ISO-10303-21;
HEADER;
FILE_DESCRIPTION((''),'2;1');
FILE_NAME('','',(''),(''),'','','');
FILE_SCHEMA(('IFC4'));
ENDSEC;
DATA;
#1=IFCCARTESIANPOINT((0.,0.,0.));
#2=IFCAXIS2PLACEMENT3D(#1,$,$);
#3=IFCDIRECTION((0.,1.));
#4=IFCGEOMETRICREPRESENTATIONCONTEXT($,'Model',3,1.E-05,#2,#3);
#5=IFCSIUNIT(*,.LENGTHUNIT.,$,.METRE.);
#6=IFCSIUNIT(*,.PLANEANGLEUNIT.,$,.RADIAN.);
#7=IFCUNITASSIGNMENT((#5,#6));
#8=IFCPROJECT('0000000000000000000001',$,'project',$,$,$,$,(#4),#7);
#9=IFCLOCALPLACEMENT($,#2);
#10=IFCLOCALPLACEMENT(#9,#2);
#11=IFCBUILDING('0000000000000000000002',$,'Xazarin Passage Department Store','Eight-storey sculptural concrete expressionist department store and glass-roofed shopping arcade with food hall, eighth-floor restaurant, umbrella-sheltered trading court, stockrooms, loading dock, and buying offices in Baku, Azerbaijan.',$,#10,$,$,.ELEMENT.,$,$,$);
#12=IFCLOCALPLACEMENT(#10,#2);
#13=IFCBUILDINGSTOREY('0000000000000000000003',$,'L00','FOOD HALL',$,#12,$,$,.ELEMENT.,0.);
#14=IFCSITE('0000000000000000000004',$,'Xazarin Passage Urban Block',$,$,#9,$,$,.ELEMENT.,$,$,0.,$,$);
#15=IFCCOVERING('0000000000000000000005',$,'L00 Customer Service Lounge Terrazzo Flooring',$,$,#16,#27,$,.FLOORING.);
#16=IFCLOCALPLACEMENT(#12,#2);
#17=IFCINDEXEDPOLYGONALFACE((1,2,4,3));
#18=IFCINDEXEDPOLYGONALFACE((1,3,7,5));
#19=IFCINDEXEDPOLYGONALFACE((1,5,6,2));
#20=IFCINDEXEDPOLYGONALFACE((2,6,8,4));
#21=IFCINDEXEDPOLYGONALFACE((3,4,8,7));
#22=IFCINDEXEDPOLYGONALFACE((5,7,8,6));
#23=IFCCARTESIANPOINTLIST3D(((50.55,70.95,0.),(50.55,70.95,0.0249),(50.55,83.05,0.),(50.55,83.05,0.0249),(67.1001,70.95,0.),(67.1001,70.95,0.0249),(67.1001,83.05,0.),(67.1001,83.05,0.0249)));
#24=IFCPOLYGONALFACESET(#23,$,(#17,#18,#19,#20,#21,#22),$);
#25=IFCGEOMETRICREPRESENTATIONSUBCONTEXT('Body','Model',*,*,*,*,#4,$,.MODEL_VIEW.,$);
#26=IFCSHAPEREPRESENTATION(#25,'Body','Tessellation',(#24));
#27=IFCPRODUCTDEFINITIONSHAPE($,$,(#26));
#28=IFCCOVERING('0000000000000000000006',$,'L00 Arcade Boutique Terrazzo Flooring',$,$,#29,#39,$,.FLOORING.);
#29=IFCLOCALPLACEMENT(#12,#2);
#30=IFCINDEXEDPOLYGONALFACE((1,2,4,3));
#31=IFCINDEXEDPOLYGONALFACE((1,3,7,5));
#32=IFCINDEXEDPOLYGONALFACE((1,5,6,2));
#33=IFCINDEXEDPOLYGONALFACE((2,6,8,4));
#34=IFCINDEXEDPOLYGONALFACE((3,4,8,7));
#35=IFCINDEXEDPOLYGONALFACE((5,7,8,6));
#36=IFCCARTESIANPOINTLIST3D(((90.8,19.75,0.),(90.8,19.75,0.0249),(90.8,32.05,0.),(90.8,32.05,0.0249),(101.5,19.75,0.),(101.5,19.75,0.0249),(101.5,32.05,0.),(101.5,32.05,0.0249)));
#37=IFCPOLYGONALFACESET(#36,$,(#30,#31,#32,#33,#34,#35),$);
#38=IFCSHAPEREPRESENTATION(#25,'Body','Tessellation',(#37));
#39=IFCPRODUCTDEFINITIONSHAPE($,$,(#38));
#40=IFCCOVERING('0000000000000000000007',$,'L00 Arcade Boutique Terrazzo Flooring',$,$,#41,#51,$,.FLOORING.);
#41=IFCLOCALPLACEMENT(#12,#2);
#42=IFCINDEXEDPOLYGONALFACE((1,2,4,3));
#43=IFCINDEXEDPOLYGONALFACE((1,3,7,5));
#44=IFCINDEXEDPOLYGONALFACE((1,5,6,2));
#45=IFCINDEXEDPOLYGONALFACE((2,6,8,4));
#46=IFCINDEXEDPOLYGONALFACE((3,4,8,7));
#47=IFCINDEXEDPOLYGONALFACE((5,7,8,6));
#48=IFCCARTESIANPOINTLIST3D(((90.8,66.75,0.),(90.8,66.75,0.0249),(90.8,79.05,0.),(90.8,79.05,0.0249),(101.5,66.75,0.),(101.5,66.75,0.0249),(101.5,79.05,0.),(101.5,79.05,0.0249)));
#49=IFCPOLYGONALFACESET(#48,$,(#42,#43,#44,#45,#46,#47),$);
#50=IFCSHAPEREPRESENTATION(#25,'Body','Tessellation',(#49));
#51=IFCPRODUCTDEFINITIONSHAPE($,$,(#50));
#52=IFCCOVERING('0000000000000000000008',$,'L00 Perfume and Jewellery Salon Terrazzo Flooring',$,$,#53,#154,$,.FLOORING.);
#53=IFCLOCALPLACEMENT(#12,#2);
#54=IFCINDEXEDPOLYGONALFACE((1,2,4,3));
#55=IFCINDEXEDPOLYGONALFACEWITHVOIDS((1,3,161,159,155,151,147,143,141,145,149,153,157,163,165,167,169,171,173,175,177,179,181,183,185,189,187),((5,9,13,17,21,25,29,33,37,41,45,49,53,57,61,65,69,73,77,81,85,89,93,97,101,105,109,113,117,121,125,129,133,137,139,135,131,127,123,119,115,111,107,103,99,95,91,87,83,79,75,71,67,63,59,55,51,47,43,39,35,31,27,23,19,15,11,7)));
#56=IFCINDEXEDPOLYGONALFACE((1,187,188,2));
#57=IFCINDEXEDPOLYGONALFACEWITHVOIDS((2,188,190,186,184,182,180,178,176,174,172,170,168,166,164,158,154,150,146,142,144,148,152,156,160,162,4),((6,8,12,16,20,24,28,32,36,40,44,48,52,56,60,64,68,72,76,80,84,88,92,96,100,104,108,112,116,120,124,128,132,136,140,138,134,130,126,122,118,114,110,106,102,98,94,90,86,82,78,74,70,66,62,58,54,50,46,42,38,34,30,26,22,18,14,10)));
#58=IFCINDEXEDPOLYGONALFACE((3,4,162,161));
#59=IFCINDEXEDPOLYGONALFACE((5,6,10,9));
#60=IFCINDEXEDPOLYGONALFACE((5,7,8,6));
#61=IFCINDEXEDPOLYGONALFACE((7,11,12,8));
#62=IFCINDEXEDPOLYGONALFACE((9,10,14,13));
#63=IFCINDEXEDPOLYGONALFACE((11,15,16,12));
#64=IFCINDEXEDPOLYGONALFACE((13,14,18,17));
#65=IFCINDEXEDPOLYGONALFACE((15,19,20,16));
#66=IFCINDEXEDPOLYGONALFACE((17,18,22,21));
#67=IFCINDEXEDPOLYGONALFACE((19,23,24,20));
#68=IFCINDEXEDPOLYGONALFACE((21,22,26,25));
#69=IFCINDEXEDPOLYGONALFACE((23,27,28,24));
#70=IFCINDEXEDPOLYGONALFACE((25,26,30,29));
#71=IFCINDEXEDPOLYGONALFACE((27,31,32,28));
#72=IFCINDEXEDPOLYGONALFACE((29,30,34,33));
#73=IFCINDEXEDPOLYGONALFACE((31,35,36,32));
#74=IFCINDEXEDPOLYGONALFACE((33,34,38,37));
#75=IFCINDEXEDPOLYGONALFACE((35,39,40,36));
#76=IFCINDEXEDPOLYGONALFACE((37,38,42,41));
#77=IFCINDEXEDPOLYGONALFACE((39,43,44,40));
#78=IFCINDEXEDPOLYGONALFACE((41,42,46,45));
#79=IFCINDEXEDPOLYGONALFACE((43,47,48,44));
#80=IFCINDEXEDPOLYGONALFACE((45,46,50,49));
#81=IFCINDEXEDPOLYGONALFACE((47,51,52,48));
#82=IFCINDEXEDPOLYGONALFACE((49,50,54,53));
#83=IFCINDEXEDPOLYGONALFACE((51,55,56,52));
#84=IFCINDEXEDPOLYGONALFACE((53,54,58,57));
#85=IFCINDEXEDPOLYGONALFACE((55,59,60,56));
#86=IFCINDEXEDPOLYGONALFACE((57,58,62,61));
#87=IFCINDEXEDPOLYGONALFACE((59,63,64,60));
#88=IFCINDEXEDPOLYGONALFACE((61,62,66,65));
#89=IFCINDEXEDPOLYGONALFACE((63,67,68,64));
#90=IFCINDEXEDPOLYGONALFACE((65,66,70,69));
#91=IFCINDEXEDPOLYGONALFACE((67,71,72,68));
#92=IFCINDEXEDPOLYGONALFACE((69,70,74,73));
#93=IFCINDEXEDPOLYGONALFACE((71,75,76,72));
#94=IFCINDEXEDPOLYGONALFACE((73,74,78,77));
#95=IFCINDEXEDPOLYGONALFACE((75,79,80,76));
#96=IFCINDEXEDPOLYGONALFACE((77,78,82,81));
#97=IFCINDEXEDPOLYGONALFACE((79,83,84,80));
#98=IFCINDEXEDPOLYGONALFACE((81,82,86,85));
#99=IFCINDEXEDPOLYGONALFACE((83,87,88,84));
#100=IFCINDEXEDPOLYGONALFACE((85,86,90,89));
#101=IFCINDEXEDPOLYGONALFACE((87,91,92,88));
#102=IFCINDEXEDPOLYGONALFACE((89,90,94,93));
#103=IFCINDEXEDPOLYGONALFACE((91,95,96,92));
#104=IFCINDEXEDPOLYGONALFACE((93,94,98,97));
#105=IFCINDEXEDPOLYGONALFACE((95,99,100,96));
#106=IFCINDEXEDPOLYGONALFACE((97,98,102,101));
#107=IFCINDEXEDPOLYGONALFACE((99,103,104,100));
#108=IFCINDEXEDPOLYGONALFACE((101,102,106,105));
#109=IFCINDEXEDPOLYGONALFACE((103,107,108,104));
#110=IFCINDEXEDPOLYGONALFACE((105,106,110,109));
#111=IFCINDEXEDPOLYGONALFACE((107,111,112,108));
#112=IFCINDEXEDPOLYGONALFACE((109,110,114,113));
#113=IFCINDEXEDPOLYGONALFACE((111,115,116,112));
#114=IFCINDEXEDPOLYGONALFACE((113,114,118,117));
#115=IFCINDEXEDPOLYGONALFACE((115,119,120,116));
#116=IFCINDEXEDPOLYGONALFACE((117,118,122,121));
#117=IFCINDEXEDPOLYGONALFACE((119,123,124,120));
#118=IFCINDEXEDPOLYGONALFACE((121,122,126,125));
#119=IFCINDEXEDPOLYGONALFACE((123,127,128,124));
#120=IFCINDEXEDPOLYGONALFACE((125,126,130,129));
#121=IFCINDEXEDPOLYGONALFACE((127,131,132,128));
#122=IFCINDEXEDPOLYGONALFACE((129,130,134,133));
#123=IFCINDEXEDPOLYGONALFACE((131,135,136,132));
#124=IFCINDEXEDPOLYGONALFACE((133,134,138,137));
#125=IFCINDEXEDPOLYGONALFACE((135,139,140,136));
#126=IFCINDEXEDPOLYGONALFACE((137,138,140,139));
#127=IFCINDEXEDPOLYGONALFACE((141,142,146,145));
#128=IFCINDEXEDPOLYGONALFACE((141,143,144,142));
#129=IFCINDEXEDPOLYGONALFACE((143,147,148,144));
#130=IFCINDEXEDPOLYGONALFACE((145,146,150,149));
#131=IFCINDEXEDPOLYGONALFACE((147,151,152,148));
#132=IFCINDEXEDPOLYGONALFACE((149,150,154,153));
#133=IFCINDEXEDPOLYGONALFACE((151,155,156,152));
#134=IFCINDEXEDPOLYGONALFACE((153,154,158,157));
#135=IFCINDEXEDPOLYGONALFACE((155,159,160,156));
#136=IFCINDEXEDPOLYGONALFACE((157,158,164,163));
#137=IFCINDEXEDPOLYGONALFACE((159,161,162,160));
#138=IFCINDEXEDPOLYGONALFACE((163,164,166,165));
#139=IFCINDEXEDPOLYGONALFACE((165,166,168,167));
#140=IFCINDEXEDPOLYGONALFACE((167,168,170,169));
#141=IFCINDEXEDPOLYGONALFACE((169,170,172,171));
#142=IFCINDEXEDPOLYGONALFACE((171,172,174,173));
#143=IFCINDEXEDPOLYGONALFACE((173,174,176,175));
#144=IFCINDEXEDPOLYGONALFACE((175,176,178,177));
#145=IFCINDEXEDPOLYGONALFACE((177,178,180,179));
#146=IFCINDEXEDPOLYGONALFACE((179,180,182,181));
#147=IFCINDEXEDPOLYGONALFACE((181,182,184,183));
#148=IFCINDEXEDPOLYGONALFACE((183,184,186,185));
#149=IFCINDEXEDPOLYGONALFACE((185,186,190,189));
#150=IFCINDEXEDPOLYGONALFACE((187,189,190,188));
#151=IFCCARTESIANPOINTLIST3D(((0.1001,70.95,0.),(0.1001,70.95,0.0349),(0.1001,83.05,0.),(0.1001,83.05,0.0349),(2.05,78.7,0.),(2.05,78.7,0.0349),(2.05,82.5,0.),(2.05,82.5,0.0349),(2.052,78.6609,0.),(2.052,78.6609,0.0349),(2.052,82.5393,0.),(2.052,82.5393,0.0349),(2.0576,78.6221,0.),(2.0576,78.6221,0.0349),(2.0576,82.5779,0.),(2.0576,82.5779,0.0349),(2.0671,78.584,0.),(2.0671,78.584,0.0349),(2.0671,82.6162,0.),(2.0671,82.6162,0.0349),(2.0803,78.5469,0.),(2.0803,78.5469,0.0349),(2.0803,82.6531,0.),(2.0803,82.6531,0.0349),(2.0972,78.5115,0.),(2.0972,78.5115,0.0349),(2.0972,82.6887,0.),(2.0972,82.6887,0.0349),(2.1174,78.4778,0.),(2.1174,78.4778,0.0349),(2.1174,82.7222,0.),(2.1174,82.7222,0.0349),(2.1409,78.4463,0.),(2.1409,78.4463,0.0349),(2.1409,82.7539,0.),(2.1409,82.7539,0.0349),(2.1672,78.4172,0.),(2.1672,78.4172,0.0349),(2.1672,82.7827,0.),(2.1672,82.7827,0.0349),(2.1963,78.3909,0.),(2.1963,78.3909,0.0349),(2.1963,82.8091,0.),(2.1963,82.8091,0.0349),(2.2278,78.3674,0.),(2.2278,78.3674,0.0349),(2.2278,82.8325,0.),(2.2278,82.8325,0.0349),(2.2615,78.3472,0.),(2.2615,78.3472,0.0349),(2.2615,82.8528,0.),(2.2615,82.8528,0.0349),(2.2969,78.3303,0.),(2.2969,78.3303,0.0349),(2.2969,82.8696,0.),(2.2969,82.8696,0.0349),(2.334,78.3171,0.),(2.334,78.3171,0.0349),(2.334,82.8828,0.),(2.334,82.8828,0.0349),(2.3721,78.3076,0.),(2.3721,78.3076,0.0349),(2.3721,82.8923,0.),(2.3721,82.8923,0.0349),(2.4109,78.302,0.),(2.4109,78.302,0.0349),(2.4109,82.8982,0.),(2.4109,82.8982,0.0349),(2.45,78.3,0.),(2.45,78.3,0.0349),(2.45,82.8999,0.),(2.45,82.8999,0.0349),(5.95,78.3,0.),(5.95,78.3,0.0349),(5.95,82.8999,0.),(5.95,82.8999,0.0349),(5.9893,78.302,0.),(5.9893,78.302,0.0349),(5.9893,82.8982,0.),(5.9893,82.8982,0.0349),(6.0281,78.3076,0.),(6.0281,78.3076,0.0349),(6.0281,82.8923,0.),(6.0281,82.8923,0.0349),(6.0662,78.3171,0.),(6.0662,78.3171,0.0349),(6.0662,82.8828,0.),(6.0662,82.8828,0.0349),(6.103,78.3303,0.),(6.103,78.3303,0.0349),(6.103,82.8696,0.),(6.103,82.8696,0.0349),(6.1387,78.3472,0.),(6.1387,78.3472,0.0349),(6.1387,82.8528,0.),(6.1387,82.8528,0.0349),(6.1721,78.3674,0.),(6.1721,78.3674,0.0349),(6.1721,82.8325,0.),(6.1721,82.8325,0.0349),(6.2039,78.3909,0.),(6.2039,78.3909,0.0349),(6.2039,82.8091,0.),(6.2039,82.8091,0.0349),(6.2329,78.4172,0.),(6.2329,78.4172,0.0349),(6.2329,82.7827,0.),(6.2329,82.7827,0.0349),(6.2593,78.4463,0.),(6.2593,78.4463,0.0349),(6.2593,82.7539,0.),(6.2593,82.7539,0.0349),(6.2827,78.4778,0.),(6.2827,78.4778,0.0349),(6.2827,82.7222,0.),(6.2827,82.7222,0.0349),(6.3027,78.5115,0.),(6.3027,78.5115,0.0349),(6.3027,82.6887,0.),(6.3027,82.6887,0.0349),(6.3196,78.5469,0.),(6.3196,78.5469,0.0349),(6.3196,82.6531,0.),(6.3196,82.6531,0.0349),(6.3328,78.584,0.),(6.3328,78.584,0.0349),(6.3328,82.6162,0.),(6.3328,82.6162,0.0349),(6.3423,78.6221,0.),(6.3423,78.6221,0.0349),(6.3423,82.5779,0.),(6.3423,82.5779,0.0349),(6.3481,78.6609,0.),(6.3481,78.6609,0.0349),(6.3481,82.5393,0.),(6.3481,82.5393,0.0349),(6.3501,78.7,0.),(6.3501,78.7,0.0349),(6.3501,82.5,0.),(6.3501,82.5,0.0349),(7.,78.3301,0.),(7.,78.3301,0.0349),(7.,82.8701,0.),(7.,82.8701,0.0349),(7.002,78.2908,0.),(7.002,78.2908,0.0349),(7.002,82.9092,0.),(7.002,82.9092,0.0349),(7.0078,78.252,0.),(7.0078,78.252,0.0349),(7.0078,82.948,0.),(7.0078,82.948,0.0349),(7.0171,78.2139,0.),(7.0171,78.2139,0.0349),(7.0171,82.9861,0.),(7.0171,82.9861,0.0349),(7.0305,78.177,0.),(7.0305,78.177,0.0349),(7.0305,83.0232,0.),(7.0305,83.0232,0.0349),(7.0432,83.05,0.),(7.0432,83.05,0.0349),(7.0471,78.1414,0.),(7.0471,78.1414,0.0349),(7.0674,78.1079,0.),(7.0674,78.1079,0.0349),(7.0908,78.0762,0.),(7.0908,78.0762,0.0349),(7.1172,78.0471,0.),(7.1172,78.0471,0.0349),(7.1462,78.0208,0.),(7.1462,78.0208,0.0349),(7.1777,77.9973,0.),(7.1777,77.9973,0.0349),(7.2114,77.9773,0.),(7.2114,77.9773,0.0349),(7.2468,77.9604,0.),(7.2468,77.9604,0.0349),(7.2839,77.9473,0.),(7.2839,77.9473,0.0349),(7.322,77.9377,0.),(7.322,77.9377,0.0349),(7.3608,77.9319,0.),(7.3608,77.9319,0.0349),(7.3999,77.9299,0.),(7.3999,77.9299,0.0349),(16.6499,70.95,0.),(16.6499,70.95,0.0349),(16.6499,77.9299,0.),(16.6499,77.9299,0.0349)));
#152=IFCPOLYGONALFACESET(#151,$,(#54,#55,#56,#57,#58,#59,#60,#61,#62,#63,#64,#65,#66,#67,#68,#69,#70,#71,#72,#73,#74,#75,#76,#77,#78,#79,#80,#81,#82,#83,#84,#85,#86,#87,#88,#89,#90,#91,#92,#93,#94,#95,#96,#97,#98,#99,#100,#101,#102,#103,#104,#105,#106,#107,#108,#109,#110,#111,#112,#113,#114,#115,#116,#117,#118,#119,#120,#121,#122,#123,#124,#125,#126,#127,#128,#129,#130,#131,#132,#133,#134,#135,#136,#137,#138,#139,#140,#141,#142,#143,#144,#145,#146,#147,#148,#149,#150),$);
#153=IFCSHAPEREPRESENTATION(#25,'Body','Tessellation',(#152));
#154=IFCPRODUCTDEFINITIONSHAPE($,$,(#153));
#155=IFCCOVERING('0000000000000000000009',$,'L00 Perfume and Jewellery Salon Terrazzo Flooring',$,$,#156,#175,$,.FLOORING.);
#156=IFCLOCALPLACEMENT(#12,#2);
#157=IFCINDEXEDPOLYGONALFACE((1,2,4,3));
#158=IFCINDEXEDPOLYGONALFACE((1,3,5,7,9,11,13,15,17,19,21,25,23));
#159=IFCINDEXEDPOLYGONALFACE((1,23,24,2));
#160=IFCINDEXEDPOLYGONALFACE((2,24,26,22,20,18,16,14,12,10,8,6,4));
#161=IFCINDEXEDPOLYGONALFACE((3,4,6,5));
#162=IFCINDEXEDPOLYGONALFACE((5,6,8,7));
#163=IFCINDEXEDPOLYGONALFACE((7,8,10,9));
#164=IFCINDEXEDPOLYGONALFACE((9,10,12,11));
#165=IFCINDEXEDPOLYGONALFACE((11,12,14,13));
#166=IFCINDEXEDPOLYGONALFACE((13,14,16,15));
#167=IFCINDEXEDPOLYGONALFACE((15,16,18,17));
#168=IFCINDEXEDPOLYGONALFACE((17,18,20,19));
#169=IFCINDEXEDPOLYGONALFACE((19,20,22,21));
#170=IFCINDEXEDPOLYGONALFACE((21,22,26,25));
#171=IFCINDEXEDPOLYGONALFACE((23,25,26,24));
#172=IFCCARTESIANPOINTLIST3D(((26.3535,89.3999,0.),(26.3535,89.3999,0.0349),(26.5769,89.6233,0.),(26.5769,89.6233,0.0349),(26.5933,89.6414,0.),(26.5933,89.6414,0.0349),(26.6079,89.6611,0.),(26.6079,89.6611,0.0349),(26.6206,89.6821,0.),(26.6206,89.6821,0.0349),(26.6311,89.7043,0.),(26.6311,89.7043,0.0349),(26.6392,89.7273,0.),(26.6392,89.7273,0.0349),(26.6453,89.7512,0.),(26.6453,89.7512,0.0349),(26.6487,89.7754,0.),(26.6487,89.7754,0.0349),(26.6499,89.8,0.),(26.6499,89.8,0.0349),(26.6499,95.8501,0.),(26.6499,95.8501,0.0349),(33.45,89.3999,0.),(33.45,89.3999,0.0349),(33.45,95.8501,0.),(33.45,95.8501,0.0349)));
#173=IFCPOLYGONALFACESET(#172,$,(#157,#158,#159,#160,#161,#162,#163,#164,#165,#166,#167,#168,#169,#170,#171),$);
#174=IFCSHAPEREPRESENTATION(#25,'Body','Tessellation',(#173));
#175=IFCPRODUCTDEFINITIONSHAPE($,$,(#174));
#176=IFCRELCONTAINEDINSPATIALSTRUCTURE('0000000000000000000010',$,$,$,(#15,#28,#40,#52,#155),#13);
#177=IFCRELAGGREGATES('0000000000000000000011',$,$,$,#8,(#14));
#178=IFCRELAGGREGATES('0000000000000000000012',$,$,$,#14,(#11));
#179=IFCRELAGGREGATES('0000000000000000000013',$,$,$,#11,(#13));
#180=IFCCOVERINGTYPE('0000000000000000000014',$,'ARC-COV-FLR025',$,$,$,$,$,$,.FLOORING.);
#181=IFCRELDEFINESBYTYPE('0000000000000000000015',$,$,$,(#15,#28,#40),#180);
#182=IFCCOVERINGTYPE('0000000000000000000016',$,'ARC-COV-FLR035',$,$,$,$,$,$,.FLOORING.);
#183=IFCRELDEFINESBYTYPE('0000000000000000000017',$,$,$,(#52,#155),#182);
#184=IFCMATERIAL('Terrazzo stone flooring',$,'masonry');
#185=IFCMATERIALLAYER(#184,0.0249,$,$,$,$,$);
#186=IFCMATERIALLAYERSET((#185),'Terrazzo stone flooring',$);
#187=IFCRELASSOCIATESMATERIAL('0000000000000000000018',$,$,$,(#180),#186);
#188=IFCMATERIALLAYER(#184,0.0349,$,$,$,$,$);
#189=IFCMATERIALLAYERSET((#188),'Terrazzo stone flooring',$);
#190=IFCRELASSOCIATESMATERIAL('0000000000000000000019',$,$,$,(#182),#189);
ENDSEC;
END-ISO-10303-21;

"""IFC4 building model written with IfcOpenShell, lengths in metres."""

from ifc_helpers import new_model, si_unit, direction, origin, place, context, subcontext, project, spatial, polyline, outline, extrude, material, layer, layer_set, type_object, element, save


model = new_model("IFC4")

# Units and contexts
model_context = context("Model", 3, precision=1e-05, world=origin(), true_north=direction((0.0, 1.0)))
body_context = subcontext(model_context, "Body", "Model", "MODEL_VIEW")
ifc_project = project(units=[si_unit("LENGTHUNIT", "METRE"), si_unit("PLANEANGLEUNIT", "RADIAN")], contexts=[model_context])

# Site, building, storey
site_placement = place(None, origin())
site = spatial("IfcSite", under=ifc_project, at=site_placement, Name="Xazarin Passage Urban Block", CompositionType="ELEMENT", RefElevation=0.0)
building_placement = place(site_placement, origin())
building = spatial("IfcBuilding", under=site, at=building_placement, Name="Xazarin Passage Department Store", Description="Eight-storey sculptural concrete expressionist department store and glass-roofed shopping arcade with food hall, eighth-floor restaurant, umbrella-sheltered trading court, stockrooms, loading dock, and buying offices in Baku, Azerbaijan.", CompositionType="ELEMENT")
storey_placement = place(building_placement, origin())
storey = spatial("IfcBuildingStorey", under=building, at=storey_placement, Name="L00", Description="FOOD HALL", CompositionType="ELEMENT", Elevation=0.0)

# Coverings
ifc_material_1 = material(Name="Terrazzo stone flooring", Category="masonry")
ifc_layer_1 = layer(ifc_material_1, 0.0249)
ifc_layer_set_1 = layer_set([ifc_layer_1], Name="Terrazzo stone flooring")
covering_type_1 = type_object("IfcCoveringType", Name="ARC-COV-FLR025", PredefinedType="FLOORING", material=ifc_layer_set_1)
covering_1_placement = place(storey_placement, origin())
element("IfcCovering", 1, at=covering_1_placement, inside=storey, type_object=covering_type_1, Name="L00 Customer Service Lounge Terrazzo Flooring", PredefinedType="FLOORING", context=body_context, shape_type="SweptSolid", body=[
    extrude(outline(polyline([(50.55, 70.95), (67.1001, 70.95), (67.1001, 83.05), (50.55, 83.05), (50.55, 70.95)])), origin(), (0.0, 0.0, 1.0), 0.0249),
])
covering_2_placement = place(storey_placement, origin())
element("IfcCovering", 2, at=covering_2_placement, inside=storey, type_object=covering_type_1, Name="L00 Arcade Boutique Terrazzo Flooring", PredefinedType="FLOORING", context=body_context, shape_type="SweptSolid", body=[
    extrude(outline(polyline([(90.8, 32.05), (90.8, 19.75), (101.5, 19.75), (101.5, 32.05), (90.8, 32.05)])), origin(), (0.0, 0.0, 1.0), 0.0249),
])
covering_3_placement = place(storey_placement, origin())
element("IfcCovering", 3, at=covering_3_placement, inside=storey, type_object=covering_type_1, Name="L00 Arcade Boutique Terrazzo Flooring", PredefinedType="FLOORING", context=body_context, shape_type="SweptSolid", body=[
    extrude(outline(polyline([(90.8, 79.05), (90.8, 66.75), (101.5, 66.75), (101.5, 79.05), (90.8, 79.05)])), origin(), (0.0, 0.0, 1.0), 0.0249),
])
ifc_layer_2 = layer(ifc_material_1, 0.0349)
ifc_layer_set_2 = layer_set([ifc_layer_2], Name="Terrazzo stone flooring")
covering_type_2 = type_object("IfcCoveringType", Name="ARC-COV-FLR035", PredefinedType="FLOORING", material=ifc_layer_set_2)
covering_4_placement = place(storey_placement, origin())
element("IfcCovering", 4, at=covering_4_placement, inside=storey, type_object=covering_type_2, Name="L00 Perfume and Jewellery Salon Terrazzo Flooring", PredefinedType="FLOORING", context=body_context, shape_type="SweptSolid", body=[
    extrude(outline(polyline([(16.6499, 77.9299), (7.3999, 77.9299), (7.3608, 77.9319), (7.322, 77.9377), (7.2839, 77.9473), (7.2468, 77.9604), (7.2114, 77.9773), (7.1777, 77.9973), (7.1462, 78.0208), (7.1172, 78.0471), (7.0908, 78.0762), (7.0674, 78.1079), (7.0471, 78.1414), (7.0305, 78.177), (7.0171, 78.2139), (7.0078, 78.252), (7.002, 78.2908), (7.0, 78.3301), (7.0, 82.8701), (7.002, 82.9092), (7.0078, 82.948), (7.0171, 82.9861), (7.0305, 83.0232), (7.0432, 83.05), (0.1001, 83.05), (0.1001, 70.95), (16.6499, 70.95), (16.6499, 77.9299)]), holes=[polyline([(2.45, 78.3), (2.4109, 78.302), (2.3721, 78.3076), (2.334, 78.3171), (2.2969, 78.3303), (2.2615, 78.3472), (2.2278, 78.3674), (2.1963, 78.3909), (2.1672, 78.4172), (2.1409, 78.4463), (2.1174, 78.4778), (2.0972, 78.5115), (2.0803, 78.5469), (2.0671, 78.584), (2.0576, 78.6221), (2.052, 78.6609), (2.05, 78.7), (2.05, 82.5), (2.052, 82.5393), (2.0576, 82.5779), (2.0671, 82.6162), (2.0803, 82.6531), (2.0972, 82.6887), (2.1174, 82.7222), (2.1409, 82.7539), (2.1672, 82.7827), (2.1963, 82.8091), (2.2278, 82.8325), (2.2615, 82.8528), (2.2969, 82.8696), (2.334, 82.8828), (2.3721, 82.8923), (2.4109, 82.8982), (2.45, 82.8999), (5.95, 82.8999), (5.9893, 82.8982), (6.0281, 82.8923), (6.0662, 82.8828), (6.103, 82.8696), (6.1387, 82.8528), (6.1721, 82.8325), (6.2039, 82.8091), (6.2329, 82.7827), (6.2593, 82.7539), (6.2827, 82.7222), (6.3027, 82.6887), (6.3196, 82.6531), (6.3328, 82.6162), (6.3423, 82.5779), (6.3481, 82.5393), (6.3501, 82.5), (6.3501, 78.7), (6.3481, 78.6609), (6.3423, 78.6221), (6.3328, 78.584), (6.3196, 78.5469), (6.3027, 78.5115), (6.2827, 78.4778), (6.2593, 78.4463), (6.2329, 78.4172), (6.2039, 78.3909), (6.1721, 78.3674), (6.1387, 78.3472), (6.103, 78.3303), (6.0662, 78.3171), (6.0281, 78.3076), (5.9893, 78.302), (5.95, 78.3), (2.45, 78.3)])]), origin(), (0.0, 0.0, 1.0), 0.0349),
])
covering_5_placement = place(storey_placement, origin())
element("IfcCovering", 5, at=covering_5_placement, inside=storey, type_object=covering_type_2, Name="L00 Perfume and Jewellery Salon Terrazzo Flooring", PredefinedType="FLOORING", context=body_context, shape_type="SweptSolid", body=[
    extrude(outline(polyline([(26.3535, 89.3999), (33.45, 89.3999), (33.45, 95.8501), (26.6499, 95.8501), (26.6499, 89.8), (26.6487, 89.7754), (26.6453, 89.7512), (26.6392, 89.7273), (26.6311, 89.7043), (26.6206, 89.6821), (26.6079, 89.6611), (26.5933, 89.6414), (26.5769, 89.6233), (26.3535, 89.3999)])), origin(), (0.0, 0.0, 1.0), 0.0349),
])

save(model, "model.ifc")
